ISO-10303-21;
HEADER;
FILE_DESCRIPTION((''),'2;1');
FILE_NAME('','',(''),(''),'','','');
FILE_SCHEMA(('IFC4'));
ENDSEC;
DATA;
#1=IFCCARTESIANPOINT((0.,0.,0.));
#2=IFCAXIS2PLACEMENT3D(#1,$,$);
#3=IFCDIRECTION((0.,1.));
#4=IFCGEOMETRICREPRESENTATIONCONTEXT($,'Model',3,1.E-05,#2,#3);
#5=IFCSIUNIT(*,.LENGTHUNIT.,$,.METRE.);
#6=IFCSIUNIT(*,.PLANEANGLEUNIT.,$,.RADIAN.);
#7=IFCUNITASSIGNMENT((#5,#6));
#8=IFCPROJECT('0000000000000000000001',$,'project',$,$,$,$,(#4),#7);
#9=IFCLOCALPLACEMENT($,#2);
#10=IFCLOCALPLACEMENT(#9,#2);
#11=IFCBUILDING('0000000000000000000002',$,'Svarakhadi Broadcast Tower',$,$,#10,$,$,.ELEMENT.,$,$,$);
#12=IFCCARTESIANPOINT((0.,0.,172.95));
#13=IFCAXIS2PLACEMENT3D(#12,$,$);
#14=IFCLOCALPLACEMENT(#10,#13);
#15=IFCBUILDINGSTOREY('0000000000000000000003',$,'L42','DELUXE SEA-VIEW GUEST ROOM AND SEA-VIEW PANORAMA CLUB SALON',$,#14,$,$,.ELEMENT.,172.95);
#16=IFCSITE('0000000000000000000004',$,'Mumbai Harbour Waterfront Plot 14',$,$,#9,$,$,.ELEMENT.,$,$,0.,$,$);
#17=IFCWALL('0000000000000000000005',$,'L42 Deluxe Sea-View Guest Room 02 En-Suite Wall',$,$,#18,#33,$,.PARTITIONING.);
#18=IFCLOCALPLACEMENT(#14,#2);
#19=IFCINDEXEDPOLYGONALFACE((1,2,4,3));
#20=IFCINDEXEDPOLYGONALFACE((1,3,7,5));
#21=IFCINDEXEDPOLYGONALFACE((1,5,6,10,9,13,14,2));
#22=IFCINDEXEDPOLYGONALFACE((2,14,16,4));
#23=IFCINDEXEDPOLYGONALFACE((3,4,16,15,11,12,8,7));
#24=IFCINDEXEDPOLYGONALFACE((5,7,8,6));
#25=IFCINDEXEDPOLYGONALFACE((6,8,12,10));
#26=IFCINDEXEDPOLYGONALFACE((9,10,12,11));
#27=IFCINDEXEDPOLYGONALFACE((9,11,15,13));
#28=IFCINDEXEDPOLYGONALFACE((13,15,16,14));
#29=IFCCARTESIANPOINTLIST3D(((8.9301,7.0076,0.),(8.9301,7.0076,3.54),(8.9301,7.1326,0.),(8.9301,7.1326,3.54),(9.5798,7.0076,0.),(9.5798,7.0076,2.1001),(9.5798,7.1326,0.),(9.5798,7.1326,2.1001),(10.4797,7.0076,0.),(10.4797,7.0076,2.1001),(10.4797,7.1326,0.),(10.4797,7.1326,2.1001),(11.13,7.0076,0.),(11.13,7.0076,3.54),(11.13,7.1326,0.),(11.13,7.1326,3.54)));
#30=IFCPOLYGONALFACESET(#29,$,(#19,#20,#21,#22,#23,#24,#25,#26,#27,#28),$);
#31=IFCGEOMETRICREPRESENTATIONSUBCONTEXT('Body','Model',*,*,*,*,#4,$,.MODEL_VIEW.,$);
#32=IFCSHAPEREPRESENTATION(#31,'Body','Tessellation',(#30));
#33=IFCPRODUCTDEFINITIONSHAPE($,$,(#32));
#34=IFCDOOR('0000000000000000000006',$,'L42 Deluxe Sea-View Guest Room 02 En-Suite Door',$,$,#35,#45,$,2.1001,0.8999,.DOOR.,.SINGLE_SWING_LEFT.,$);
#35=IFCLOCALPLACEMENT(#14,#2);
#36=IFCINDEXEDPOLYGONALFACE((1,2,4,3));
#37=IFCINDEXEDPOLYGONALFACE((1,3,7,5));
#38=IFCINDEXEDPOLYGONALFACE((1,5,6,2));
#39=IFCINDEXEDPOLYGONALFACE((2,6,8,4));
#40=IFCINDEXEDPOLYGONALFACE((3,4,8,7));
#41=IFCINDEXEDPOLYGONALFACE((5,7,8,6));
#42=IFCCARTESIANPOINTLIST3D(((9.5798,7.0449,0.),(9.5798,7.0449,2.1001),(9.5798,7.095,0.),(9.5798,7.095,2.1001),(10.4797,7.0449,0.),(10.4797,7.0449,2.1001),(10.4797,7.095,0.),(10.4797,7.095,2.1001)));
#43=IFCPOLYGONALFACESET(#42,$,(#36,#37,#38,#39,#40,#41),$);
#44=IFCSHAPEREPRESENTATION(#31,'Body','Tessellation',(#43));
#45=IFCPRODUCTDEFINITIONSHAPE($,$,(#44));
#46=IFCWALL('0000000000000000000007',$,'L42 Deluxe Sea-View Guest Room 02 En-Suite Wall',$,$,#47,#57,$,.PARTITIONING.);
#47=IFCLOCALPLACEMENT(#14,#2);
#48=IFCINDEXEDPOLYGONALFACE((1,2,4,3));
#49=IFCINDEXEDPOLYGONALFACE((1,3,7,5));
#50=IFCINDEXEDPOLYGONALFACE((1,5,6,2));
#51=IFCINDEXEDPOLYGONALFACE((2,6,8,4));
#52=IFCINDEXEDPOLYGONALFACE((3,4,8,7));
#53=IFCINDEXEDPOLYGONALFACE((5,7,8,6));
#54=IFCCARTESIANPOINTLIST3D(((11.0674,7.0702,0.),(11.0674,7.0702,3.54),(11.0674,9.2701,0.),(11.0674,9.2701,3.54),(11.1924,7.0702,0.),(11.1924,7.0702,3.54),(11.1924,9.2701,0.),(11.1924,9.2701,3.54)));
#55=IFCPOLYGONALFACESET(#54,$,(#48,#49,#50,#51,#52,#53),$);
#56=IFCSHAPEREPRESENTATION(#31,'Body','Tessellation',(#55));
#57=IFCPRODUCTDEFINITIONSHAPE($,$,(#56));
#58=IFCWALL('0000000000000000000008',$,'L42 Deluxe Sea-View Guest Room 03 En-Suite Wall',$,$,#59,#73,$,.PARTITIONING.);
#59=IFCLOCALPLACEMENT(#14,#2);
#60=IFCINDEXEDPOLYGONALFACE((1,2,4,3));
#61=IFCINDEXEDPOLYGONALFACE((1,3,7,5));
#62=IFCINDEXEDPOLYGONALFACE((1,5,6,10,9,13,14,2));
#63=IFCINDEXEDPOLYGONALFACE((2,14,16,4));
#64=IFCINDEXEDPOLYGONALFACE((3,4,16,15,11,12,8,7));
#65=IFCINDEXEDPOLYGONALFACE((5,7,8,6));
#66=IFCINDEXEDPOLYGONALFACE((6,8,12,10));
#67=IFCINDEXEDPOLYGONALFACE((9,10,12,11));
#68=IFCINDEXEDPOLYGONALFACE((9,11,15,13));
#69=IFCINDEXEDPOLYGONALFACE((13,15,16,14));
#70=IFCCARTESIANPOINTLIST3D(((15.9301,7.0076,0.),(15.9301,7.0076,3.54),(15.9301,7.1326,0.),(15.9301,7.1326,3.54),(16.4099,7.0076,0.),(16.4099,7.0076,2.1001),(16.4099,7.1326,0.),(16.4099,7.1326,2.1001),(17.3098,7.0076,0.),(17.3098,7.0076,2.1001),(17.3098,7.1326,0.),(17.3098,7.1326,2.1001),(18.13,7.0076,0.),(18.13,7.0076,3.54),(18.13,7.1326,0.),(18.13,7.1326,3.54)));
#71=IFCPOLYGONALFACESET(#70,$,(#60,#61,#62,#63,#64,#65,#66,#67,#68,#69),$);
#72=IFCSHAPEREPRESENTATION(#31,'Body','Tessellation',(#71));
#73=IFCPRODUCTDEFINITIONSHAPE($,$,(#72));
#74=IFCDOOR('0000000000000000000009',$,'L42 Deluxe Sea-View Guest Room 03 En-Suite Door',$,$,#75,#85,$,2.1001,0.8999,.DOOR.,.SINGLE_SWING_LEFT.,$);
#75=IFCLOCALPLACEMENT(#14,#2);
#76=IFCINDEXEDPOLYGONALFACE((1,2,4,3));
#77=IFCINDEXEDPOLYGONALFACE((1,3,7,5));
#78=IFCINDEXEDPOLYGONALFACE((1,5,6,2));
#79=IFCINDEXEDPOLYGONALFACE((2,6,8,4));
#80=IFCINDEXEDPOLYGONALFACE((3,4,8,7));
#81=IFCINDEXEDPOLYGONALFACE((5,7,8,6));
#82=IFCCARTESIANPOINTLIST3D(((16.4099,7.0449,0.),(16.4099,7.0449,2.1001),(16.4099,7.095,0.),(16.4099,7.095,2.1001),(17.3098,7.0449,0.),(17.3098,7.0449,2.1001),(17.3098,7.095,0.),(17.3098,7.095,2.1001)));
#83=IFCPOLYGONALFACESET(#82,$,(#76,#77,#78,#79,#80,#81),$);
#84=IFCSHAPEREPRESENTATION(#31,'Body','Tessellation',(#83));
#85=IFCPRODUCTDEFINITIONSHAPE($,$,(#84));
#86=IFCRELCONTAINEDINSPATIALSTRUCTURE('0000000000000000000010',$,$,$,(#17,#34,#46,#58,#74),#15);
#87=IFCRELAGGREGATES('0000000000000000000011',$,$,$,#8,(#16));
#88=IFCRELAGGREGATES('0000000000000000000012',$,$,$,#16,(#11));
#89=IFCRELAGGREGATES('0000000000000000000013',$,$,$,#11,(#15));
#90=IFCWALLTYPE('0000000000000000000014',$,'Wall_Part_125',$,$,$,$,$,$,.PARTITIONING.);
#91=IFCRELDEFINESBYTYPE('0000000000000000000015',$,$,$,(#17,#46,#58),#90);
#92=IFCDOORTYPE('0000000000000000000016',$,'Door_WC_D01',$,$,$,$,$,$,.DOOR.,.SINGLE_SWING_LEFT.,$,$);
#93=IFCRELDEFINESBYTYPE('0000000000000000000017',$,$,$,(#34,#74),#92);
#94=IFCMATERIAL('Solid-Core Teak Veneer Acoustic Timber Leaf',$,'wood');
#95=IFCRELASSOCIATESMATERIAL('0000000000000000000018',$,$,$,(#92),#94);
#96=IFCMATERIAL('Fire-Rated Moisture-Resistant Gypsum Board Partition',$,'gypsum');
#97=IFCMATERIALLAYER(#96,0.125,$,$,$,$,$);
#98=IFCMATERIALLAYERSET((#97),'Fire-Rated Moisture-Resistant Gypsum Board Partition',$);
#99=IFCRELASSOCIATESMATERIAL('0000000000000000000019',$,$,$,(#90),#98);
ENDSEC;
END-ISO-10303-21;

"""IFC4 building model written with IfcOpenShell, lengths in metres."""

from ifc_helpers import new_model, si_unit, direction, frame, frame_2d, origin, place, context, subcontext, project, spatial, rectangle, extrude, material, layer, layer_set, type_object, element, fill, save


model = new_model("IFC4")

# Units and contexts
model_context = context("Model", 3, precision=1e-05, world=origin(), true_north=direction((0.0, 1.0)))
body_context = subcontext(model_context, "Body", "Model", "MODEL_VIEW")
ifc_project = project(units=[si_unit("LENGTHUNIT", "METRE"), si_unit("PLANEANGLEUNIT", "RADIAN")], contexts=[model_context])

# Site, building, storey
site_placement = place(None, origin())
site = spatial("IfcSite", under=ifc_project, at=site_placement, Name="Mumbai Harbour Waterfront Plot 14", CompositionType="ELEMENT", RefElevation=0.0)
building_placement = place(site_placement, origin())
building = spatial("IfcBuilding", under=site, at=building_placement, Name="Svarakhadi Broadcast Tower", CompositionType="ELEMENT")
storey_placement = place(building_placement, frame((0.0, 0.0, 172.95)))
storey = spatial("IfcBuildingStorey", under=building, at=storey_placement, Name="L42", Description="DELUXE SEA-VIEW GUEST ROOM AND SEA-VIEW PANORAMA CLUB SALON", CompositionType="ELEMENT", Elevation=172.95)

# Shared definitions
ifc_material_1 = material(Name="Solid-Core Teak Veneer Acoustic Timber Leaf", Category="wood")

# Shared definitions
door_type_1 = type_object("IfcDoorType", Name="Door_WC_D01", OperationType="SINGLE_SWING_LEFT", PredefinedType="DOOR", material=ifc_material_1)

# Wall, opening, door
ifc_material_2 = material(Name="Fire-Rated Moisture-Resistant Gypsum Board Partition", Category="gypsum")
ifc_layer_1 = layer(ifc_material_2, 0.125)
ifc_layer_set_1 = layer_set([ifc_layer_1], Name="Fire-Rated Moisture-Resistant Gypsum Board Partition")
wall_type_1 = type_object("IfcWallType", Name="Wall_Part_125", PredefinedType="PARTITIONING", material=ifc_layer_set_1)
wall_1_placement = place(storey_placement, frame((8.9299, 7.0701, 0.0), z_axis=(0.0, 0.0, 1.0), x_axis=(1.0, 0.0, 0.0)))
wall_1 = element("IfcWall", 1, at=wall_1_placement, inside=storey, type_object=wall_type_1, Name="L42 Deluxe Sea-View Guest Room 02 En-Suite Wall", PredefinedType="PARTITIONING", context=body_context, shape_type="SweptSolid", body=[
    extrude(rectangle(XDim=2.2, YDim=0.125, at=frame_2d((1.1001, 0.0))), origin(), (0.0, 0.0, 1.0), 3.54),
])
opening_1_placement = place(wall_1_placement, frame((0.6499, 0.0, 0.0)))
opening_1 = element("IfcOpeningElement", 2, at=opening_1_placement, cuts=wall_1, PredefinedType="OPENING", context=body_context, shape_type="SweptSolid", body=[
    extrude(rectangle(XDim=0.8999, YDim=2.1001, at=frame_2d((0.45, 1.05))), frame((0.0, 0.0725, 0.0), z_axis=(0.0, -1.0, 0.0), x_axis=(1.0, 0.0, 0.0)), (0.0, 0.0, 1.0), 0.145),
])
door_1_placement = place(opening_1_placement, origin())
door_1 = element("IfcDoor", 3, at=door_1_placement, inside=storey, type_object=door_type_1, Name="L42 Deluxe Sea-View Guest Room 02 En-Suite Door", OperationType="SINGLE_SWING_LEFT", OverallHeight=2.1001, OverallWidth=0.8999, PredefinedType="DOOR", context=body_context, shape_type="SweptSolid", body=[
    extrude(rectangle(XDim=0.8999, YDim=2.1001, at=frame_2d((0.45, 1.05))), frame((0.0, 0.0249, 0.0), z_axis=(0.0, -1.0, 0.0), x_axis=(1.0, 0.0, 0.0)), (0.0, 0.0, 1.0), 0.05),
])
fill(opening_1, door_1)

# Wall
wall_2_placement = place(storey_placement, frame((11.1299, 7.0701, 0.0), z_axis=(0.0, 0.0, 1.0), x_axis=(0.0, 1.0, 0.0)))
element("IfcWall", 4, at=wall_2_placement, inside=storey, type_object=wall_type_1, Name="L42 Deluxe Sea-View Guest Room 02 En-Suite Wall", PredefinedType="PARTITIONING", context=body_context, shape_type="SweptSolid", body=[
    extrude(rectangle(XDim=2.2, YDim=0.125, at=frame_2d((1.1001, 0.0))), origin(), (0.0, 0.0, 1.0), 3.54),
])

# Wall, opening, door
wall_3_placement = place(storey_placement, frame((15.9299, 7.0701, 0.0), z_axis=(0.0, 0.0, 1.0), x_axis=(1.0, 0.0, 0.0)))
wall_3 = element("IfcWall", 5, at=wall_3_placement, inside=storey, type_object=wall_type_1, Name="L42 Deluxe Sea-View Guest Room 03 En-Suite Wall", PredefinedType="PARTITIONING", context=body_context, shape_type="SweptSolid", body=[
    extrude(rectangle(XDim=2.2, YDim=0.125, at=frame_2d((1.1001, 0.0))), origin(), (0.0, 0.0, 1.0), 3.54),
])
opening_2_placement = place(wall_3_placement, frame((0.48, 0.0, 0.0)))
opening_2 = element("IfcOpeningElement", 6, at=opening_2_placement, cuts=wall_3, PredefinedType="OPENING", context=body_context, shape_type="SweptSolid", body=[
    extrude(rectangle(XDim=0.8999, YDim=2.1001, at=frame_2d((0.45, 1.05))), frame((0.0, 0.0725, 0.0), z_axis=(0.0, -1.0, 0.0), x_axis=(1.0, 0.0, 0.0)), (0.0, 0.0, 1.0), 0.145),
])
door_2_placement = place(opening_2_placement, origin())
door_2 = element("IfcDoor", 7, at=door_2_placement, inside=storey, type_object=door_type_1, Name="L42 Deluxe Sea-View Guest Room 03 En-Suite Door", OperationType="SINGLE_SWING_LEFT", OverallHeight=2.1001, OverallWidth=0.8999, PredefinedType="DOOR", context=body_context, shape_type="SweptSolid", body=[
    extrude(rectangle(XDim=0.8999, YDim=2.1001, at=frame_2d((0.45, 1.05))), frame((0.0, 0.0249, 0.0), z_axis=(0.0, -1.0, 0.0), x_axis=(1.0, 0.0, 0.0)), (0.0, 0.0, 1.0), 0.05),
])
fill(opening_2, door_2)

save(model, "model.ifc")
